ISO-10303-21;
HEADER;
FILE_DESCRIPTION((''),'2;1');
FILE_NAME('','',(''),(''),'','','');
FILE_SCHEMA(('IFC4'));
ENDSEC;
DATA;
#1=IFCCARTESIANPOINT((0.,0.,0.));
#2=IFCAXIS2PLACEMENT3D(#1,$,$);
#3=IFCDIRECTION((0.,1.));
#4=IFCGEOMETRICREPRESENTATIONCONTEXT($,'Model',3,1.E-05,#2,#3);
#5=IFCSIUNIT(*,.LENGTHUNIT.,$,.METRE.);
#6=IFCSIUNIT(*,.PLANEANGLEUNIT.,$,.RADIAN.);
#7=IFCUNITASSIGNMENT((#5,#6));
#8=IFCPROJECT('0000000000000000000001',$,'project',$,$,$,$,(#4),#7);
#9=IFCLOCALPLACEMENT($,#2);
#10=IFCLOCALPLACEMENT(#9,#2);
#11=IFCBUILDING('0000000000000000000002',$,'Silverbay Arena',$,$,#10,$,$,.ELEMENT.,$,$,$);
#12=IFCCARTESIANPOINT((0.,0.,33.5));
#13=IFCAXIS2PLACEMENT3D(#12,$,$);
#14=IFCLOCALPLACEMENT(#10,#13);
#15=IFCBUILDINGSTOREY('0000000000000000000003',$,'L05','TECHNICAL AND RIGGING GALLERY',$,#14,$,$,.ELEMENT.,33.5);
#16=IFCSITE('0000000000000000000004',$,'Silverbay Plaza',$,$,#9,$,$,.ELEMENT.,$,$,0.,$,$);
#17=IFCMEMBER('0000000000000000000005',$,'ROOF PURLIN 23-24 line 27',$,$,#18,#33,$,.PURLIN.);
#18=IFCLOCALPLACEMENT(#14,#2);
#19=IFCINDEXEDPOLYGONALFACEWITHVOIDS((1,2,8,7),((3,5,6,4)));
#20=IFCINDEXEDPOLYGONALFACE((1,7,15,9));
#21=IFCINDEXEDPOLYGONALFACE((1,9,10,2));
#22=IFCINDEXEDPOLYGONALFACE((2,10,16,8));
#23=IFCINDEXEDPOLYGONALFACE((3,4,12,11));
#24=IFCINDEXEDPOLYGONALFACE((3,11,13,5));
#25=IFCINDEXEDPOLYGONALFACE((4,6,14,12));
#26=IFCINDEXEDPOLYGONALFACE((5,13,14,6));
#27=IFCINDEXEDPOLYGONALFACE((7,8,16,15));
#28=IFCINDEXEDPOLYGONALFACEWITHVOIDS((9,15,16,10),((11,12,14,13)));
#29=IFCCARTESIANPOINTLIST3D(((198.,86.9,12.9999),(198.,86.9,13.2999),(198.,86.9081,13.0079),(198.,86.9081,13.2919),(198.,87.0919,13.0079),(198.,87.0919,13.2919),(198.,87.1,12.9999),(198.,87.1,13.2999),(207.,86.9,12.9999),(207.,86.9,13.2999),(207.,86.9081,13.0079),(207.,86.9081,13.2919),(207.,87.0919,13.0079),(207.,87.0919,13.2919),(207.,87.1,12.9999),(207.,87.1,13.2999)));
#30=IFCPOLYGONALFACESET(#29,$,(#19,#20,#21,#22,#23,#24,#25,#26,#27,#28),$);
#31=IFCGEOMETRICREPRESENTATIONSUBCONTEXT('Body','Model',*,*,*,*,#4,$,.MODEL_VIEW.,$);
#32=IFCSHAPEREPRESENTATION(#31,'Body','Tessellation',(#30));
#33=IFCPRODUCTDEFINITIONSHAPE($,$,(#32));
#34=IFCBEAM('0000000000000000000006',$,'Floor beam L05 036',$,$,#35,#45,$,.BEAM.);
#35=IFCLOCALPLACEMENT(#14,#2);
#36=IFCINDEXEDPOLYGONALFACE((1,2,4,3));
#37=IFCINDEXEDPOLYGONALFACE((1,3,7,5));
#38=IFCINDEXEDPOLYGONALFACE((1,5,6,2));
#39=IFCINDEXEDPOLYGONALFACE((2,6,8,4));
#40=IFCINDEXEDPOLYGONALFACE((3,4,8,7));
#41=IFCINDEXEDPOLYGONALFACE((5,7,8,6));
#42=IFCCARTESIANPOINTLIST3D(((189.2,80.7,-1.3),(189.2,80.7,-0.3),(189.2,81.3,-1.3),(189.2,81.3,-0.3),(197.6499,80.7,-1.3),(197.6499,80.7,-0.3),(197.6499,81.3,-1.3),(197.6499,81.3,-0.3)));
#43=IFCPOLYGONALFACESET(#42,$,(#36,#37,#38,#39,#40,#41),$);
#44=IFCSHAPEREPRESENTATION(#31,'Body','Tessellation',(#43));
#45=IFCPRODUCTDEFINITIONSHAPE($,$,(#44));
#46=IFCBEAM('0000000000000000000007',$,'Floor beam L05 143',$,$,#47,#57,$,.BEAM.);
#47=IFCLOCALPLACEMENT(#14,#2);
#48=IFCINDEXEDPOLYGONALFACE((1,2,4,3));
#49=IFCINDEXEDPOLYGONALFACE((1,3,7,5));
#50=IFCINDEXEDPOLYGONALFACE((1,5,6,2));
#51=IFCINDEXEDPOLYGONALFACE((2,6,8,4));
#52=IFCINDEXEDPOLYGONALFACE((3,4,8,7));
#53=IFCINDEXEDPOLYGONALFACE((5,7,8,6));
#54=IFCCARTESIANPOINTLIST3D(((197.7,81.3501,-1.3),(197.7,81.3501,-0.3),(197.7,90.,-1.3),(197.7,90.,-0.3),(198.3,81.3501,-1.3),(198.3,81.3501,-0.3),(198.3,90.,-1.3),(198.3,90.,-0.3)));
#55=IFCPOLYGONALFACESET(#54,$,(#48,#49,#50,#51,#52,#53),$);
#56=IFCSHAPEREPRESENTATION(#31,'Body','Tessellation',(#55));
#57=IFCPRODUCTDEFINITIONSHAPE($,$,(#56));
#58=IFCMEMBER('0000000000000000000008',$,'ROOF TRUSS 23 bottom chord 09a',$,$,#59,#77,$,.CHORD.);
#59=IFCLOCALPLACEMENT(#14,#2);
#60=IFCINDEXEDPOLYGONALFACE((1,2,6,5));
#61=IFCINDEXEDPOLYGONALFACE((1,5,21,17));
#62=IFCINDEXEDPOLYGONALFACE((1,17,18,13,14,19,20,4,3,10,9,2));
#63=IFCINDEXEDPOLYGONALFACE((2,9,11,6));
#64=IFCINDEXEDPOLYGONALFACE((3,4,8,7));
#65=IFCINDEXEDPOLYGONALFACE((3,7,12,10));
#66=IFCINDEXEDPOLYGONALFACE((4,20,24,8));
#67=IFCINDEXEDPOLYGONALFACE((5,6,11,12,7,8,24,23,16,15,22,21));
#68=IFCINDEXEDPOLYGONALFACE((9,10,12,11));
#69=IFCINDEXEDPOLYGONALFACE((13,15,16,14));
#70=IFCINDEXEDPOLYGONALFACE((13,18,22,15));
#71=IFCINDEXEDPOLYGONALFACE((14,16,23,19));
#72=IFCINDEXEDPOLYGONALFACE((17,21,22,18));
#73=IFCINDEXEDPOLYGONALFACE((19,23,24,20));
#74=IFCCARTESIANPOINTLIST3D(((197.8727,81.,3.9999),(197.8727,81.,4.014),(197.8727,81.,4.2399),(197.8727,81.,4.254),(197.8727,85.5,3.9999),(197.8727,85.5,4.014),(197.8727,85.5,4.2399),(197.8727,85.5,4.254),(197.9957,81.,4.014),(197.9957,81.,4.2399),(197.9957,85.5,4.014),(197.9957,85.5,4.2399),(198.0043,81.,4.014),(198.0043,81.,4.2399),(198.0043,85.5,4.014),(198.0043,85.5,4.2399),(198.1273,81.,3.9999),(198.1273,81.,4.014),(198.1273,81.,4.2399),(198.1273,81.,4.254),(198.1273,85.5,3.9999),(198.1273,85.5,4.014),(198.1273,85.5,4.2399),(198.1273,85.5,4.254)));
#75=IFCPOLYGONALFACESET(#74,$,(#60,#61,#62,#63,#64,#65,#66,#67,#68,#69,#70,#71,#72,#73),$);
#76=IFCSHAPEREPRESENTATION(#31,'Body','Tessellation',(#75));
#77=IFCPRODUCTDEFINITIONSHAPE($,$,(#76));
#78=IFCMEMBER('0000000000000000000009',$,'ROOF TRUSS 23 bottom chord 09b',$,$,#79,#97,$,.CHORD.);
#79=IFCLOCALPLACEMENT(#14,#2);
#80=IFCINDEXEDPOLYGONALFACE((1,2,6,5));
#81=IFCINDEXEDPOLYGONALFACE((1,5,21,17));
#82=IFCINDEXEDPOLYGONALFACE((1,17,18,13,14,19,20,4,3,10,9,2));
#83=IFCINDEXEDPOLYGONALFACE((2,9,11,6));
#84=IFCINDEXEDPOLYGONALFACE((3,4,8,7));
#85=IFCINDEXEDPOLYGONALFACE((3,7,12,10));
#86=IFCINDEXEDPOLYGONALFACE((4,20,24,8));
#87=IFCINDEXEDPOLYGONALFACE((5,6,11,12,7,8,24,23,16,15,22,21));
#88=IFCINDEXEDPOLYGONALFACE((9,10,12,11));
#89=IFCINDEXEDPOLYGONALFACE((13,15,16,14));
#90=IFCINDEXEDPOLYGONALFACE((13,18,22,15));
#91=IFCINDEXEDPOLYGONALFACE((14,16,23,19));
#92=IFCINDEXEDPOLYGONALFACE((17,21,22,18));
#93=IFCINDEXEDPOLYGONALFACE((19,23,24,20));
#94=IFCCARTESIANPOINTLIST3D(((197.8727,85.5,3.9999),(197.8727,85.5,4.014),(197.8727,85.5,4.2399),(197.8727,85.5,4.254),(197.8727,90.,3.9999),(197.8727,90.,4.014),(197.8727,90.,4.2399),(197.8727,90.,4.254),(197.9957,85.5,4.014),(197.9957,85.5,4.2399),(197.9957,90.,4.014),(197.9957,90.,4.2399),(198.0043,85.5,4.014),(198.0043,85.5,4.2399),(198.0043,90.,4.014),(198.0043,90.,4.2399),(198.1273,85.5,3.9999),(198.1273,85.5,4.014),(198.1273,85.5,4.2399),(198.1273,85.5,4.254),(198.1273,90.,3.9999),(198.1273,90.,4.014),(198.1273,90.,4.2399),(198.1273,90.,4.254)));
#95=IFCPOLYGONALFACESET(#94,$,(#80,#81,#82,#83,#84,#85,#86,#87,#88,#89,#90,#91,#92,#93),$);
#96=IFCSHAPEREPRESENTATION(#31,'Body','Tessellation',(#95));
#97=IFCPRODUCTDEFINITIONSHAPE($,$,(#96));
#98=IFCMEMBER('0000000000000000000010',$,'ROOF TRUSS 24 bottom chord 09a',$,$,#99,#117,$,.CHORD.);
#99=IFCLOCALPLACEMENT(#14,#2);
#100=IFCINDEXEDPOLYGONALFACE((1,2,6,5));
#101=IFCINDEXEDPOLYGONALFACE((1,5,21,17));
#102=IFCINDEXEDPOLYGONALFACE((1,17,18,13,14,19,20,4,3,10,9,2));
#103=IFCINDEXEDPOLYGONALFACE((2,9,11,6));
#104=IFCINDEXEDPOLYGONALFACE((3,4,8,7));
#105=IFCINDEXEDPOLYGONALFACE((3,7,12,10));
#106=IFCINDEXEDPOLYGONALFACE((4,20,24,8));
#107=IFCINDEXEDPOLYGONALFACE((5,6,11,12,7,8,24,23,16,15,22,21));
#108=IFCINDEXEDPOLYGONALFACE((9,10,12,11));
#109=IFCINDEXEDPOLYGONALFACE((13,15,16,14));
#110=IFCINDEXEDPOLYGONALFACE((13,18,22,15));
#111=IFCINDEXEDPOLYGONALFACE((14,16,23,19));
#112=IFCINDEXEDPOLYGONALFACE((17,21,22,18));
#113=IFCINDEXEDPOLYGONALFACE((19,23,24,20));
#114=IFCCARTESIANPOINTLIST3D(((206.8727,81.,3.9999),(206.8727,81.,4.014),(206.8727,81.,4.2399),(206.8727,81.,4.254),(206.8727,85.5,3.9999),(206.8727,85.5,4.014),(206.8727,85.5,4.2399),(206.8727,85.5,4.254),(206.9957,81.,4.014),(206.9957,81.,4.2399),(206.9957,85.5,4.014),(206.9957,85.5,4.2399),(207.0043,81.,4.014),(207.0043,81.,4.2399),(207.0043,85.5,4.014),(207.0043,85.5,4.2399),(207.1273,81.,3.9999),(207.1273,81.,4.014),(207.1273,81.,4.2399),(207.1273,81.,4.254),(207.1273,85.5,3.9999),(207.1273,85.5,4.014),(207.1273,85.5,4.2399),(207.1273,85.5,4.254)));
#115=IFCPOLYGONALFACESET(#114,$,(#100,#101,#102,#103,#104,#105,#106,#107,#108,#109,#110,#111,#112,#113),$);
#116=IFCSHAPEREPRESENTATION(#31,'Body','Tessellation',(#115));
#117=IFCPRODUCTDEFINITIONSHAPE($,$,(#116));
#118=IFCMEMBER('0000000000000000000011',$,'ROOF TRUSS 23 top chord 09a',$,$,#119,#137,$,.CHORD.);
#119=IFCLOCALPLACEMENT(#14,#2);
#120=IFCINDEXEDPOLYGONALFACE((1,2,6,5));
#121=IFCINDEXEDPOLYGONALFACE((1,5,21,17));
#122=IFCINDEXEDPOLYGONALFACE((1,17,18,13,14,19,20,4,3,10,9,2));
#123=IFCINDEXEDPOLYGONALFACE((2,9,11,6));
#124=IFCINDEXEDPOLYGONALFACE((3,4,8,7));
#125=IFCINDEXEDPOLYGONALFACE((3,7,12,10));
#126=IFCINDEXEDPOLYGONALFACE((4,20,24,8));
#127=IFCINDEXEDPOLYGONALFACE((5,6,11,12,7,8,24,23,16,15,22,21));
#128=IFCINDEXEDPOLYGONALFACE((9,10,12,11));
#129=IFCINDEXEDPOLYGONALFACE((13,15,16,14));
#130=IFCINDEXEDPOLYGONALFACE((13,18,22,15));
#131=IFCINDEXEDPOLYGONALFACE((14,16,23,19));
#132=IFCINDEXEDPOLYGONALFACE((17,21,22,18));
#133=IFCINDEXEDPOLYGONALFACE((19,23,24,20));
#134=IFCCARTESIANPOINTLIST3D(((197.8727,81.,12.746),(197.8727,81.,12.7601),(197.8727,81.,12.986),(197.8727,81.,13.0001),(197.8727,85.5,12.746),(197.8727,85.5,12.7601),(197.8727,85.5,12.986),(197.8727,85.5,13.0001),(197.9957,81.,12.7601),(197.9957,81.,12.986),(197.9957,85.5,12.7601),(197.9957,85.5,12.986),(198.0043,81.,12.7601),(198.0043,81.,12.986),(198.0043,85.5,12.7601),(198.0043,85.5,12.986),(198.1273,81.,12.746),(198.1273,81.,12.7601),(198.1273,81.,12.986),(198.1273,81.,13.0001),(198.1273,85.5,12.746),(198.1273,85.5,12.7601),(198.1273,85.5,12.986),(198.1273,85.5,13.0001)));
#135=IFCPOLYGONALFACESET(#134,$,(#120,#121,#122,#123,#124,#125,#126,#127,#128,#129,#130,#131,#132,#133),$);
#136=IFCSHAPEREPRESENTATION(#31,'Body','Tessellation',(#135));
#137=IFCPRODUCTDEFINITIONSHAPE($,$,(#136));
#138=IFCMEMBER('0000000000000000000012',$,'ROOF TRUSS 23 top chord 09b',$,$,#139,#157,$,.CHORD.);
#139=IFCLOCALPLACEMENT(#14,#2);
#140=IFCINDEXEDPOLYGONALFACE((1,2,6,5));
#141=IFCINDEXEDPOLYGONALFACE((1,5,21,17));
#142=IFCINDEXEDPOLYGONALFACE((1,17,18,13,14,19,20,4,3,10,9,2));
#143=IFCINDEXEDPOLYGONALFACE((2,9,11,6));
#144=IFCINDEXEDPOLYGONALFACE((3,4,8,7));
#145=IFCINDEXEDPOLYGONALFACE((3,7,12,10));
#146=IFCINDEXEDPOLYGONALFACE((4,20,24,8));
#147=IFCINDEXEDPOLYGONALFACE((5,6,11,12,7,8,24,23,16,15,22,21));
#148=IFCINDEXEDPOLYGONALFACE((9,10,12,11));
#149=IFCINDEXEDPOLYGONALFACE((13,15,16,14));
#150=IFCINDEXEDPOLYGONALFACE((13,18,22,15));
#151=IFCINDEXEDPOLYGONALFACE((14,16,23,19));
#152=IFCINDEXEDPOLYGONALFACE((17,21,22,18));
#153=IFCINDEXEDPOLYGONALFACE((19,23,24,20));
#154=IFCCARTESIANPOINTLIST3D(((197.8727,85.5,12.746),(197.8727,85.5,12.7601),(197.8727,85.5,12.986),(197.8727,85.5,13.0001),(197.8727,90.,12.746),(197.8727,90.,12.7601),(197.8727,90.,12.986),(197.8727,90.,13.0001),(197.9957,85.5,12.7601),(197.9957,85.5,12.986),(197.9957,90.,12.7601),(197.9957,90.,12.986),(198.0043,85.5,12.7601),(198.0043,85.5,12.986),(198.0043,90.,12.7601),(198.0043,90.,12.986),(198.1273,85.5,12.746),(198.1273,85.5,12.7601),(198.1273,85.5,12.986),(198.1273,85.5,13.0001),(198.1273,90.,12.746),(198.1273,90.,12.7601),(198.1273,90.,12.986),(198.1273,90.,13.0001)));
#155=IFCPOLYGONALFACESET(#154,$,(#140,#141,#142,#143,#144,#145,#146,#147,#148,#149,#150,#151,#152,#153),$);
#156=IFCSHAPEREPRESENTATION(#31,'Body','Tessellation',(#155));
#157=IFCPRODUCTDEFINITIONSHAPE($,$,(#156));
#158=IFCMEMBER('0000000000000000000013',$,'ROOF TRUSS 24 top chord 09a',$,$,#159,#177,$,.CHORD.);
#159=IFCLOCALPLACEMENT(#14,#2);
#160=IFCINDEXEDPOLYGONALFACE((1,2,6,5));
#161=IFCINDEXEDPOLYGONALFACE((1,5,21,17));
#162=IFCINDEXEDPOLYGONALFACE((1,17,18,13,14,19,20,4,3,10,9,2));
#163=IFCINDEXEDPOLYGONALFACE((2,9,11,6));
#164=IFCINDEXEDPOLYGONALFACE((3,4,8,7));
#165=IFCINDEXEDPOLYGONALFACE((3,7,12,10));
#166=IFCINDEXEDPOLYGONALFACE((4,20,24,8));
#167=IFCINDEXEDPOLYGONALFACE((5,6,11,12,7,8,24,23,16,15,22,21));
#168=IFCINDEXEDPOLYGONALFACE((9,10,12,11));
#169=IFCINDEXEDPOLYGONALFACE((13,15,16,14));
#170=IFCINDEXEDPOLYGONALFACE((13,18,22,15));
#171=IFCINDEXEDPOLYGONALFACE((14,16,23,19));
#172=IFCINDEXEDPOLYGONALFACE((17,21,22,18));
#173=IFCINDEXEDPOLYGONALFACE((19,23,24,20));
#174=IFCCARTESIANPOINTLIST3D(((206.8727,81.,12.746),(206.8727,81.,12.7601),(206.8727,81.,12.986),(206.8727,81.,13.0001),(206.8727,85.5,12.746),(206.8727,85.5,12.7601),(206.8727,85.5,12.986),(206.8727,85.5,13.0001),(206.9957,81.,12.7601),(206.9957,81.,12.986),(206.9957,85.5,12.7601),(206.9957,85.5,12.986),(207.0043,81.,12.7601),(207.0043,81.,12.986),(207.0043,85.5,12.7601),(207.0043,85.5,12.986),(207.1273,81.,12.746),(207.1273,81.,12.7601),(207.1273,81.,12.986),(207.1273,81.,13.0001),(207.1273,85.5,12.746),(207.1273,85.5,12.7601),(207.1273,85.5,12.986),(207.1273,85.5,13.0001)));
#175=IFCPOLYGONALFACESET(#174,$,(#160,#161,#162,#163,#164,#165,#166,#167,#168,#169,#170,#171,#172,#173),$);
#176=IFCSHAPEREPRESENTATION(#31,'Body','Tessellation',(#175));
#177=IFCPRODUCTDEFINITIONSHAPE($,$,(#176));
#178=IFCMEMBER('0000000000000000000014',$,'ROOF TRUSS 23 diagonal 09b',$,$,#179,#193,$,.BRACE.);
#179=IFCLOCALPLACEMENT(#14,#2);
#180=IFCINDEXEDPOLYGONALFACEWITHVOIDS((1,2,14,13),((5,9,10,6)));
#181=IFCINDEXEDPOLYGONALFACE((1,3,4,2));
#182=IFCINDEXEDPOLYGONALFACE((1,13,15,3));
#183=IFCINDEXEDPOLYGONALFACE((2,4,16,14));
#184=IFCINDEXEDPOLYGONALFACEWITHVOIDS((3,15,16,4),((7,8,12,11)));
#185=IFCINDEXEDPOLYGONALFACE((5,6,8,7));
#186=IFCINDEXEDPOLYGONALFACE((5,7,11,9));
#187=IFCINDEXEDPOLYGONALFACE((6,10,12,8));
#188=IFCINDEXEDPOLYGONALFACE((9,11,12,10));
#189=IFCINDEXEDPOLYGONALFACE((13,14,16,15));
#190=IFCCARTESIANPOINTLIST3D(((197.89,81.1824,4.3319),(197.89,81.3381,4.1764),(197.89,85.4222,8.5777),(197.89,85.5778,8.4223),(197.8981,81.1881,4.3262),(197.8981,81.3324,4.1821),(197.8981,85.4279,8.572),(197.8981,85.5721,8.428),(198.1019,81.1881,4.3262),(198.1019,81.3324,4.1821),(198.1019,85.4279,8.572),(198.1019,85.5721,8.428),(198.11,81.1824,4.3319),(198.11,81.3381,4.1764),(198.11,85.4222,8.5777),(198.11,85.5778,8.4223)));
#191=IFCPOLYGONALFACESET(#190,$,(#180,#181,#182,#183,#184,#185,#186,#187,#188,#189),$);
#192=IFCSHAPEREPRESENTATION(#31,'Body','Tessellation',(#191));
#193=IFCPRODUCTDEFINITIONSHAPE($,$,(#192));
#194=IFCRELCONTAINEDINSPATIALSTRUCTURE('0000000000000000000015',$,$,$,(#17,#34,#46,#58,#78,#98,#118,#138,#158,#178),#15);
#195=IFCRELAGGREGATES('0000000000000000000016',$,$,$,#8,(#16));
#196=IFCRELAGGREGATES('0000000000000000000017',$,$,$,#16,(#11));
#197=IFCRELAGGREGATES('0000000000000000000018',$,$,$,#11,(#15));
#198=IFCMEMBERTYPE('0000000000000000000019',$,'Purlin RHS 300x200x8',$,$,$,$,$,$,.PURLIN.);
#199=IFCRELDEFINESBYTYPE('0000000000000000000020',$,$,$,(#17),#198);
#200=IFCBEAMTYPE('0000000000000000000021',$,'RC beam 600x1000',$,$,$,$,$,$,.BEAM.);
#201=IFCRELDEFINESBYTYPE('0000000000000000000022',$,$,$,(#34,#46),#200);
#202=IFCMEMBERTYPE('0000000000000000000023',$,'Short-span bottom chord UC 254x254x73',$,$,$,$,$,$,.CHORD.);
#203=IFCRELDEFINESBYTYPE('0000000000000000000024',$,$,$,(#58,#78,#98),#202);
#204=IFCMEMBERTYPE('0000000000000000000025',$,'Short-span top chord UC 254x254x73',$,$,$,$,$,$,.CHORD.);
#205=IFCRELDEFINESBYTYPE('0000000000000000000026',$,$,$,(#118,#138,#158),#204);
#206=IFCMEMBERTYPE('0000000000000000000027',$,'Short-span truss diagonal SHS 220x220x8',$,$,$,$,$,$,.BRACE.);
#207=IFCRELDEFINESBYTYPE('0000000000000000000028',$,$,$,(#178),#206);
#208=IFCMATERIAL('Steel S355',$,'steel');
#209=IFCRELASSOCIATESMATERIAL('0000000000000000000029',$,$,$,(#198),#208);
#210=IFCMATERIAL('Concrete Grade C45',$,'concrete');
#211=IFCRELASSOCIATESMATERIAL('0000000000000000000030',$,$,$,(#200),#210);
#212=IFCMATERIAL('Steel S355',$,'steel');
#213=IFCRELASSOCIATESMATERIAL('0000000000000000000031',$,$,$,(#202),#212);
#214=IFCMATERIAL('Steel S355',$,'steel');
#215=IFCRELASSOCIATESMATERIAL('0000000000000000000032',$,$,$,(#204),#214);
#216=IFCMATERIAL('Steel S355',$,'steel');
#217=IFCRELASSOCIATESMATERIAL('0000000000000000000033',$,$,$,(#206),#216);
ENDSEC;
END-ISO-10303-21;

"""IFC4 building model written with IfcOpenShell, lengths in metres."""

from ifc_helpers import new_model, si_unit, direction, frame, origin, origin_2d, place, context, subcontext, project, spatial, rectangle, hollow_rectangle, i_section, extrude, material, material_profile, profile_set, type_object, element, save


model = new_model("IFC4")

# Units and contexts
model_context = context("Model", 3, precision=1e-05, world=origin(), true_north=direction((0.0, 1.0)))
body_context = subcontext(model_context, "Body", "Model", "MODEL_VIEW")
ifc_project = project(units=[si_unit("LENGTHUNIT", "METRE"), si_unit("PLANEANGLEUNIT", "RADIAN")], contexts=[model_context])

# Site, building, storey
site_placement = place(None, origin())
site = spatial("IfcSite", under=ifc_project, at=site_placement, Name="Silverbay Plaza", CompositionType="ELEMENT", RefElevation=0.0)
building_placement = place(site_placement, origin())
building = spatial("IfcBuilding", under=site, at=building_placement, Name="Silverbay Arena", CompositionType="ELEMENT")
storey_placement = place(building_placement, frame((0.0, 0.0, 33.5)))
storey = spatial("IfcBuildingStorey", under=building, at=storey_placement, Name="L05", Description="TECHNICAL AND RIGGING GALLERY", CompositionType="ELEMENT", Elevation=33.5)

# Member
ifc_material_1 = material(Name="Steel S355", Category="steel")
ifc_material_profile_1 = material_profile(ifc_material_1, hollow_rectangle(XDim=0.2, YDim=0.3, WallThickness=0.0081, at=origin_2d()), Name="RHS 300x200x8")
ifc_profile_set_1 = profile_set([ifc_material_profile_1], Name="Steel S355")
member_type_1 = type_object("IfcMemberType", Name="Purlin RHS 300x200x8", PredefinedType="PURLIN", material=ifc_profile_set_1)
for number, where, z_axis, x_axis, name in (
    (1, (198.0, 87.0, 13.1499), (1.0, 0.0, 0.0), (0.0, 1.0, 0.0), "ROOF PURLIN 23-24 line 27"),
):
    element("IfcMember", number, at=place(storey_placement, frame(where, z_axis=z_axis, x_axis=x_axis)), inside=storey, type_object=member_type_1, Name=name, PredefinedType="PURLIN", context=body_context, shape_type="SweptSolid", body=[
        extrude(hollow_rectangle(XDim=0.2, YDim=0.3, WallThickness=0.0081, at=origin_2d()), origin(), (0.0, 0.0, 1.0), 9.0),
    ])

# Beams
ifc_material_2 = material(Name="Concrete Grade C45", Category="concrete")
ifc_material_profile_2 = material_profile(ifc_material_2, rectangle(XDim=0.6001, YDim=1.0, at=origin_2d()), Name="RC 600x1000")
ifc_profile_set_2 = profile_set([ifc_material_profile_2], Name="Concrete Grade C45")
beam_type = type_object("IfcBeamType", Name="RC beam 600x1000", PredefinedType="BEAM", material=ifc_profile_set_2)
beam_1_placement = place(storey_placement, frame((189.2, 81.0, -0.8), z_axis=(1.0, 0.0, 0.0), x_axis=(0.0, 1.0, 0.0)))
element("IfcBeam", 2, at=beam_1_placement, inside=storey, type_object=beam_type, Name="Floor beam L05 036", PredefinedType="BEAM", context=body_context, shape_type="SweptSolid", body=[
    extrude(rectangle(XDim=0.6001, YDim=1.0, at=origin_2d()), origin(), (0.0, 0.0, 1.0), 8.45),
])
beam_2_placement = place(storey_placement, frame((198.0, 81.3501, -0.8), z_axis=(0.0, 1.0, 0.0), x_axis=(-1.0, 0.0, 0.0)))
element("IfcBeam", 3, at=beam_2_placement, inside=storey, type_object=beam_type, Name="Floor beam L05 143", PredefinedType="BEAM", context=body_context, shape_type="SweptSolid", body=[
    extrude(rectangle(XDim=0.6001, YDim=1.0, at=origin_2d()), origin(), (0.0, 0.0, 1.0), 8.6499),
])

# Members
ifc_material_3 = material(Name="Steel S355", Category="steel")
ifc_material_profile_3 = material_profile(ifc_material_3, i_section(OverallWidth=0.2546, OverallDepth=0.2542, WebThickness=0.0085, FlangeThickness=0.0142, at=origin_2d()), Name="UC 254x254x73")
ifc_profile_set_3 = profile_set([ifc_material_profile_3], Name="Steel S355")
member_type_2 = type_object("IfcMemberType", Name="Short-span bottom chord UC 254x254x73", PredefinedType="CHORD", material=ifc_profile_set_3)
for number, where, z_axis, x_axis, name in (
    (4, (198.0, 81.0, 4.127), (0.0, 1.0, 0.0), (-1.0, 0.0, 0.0), "ROOF TRUSS 23 bottom chord 09a"),
    (5, (198.0, 85.5, 4.127), (0.0, 1.0, 0.0), (-1.0, 0.0, 0.0), "ROOF TRUSS 23 bottom chord 09b"),
    (6, (207.0, 81.0, 4.127), (0.0, 1.0, 0.0), (-1.0, 0.0, 0.0), "ROOF TRUSS 24 bottom chord 09a"),
):
    element("IfcMember", number, at=place(storey_placement, frame(where, z_axis=z_axis, x_axis=x_axis)), inside=storey, type_object=member_type_2, Name=name, PredefinedType="CHORD", context=body_context, shape_type="SweptSolid", body=[
        extrude(i_section(OverallWidth=0.2546, OverallDepth=0.2542, WebThickness=0.0085, FlangeThickness=0.0142, at=origin_2d()), origin(), (0.0, 0.0, 1.0), 4.5),
    ])
ifc_material_4 = material(Name="Steel S355", Category="steel")
ifc_material_profile_4 = material_profile(ifc_material_4, i_section(OverallWidth=0.2546, OverallDepth=0.2542, WebThickness=0.0085, FlangeThickness=0.0142, at=origin_2d()), Name="UC 254x254x73")
ifc_profile_set_4 = profile_set([ifc_material_profile_4], Name="Steel S355")
member_type_3 = type_object("IfcMemberType", Name="Short-span top chord UC 254x254x73", PredefinedType="CHORD", material=ifc_profile_set_4)
for number, where, z_axis, x_axis, name in (
    (7, (198.0, 81.0, 12.873), (0.0, 1.0, 0.0), (-1.0, 0.0, 0.0), "ROOF TRUSS 23 top chord 09a"),
    (8, (198.0, 85.5, 12.873), (0.0, 1.0, 0.0), (-1.0, 0.0, 0.0), "ROOF TRUSS 23 top chord 09b"),
    (9, (207.0, 81.0, 12.873), (0.0, 1.0, 0.0), (-1.0, 0.0, 0.0), "ROOF TRUSS 24 top chord 09a"),
):
    element("IfcMember", number, at=place(storey_placement, frame(where, z_axis=z_axis, x_axis=x_axis)), inside=storey, type_object=member_type_3, Name=name, PredefinedType="CHORD", context=body_context, shape_type="SweptSolid", body=[
        extrude(i_section(OverallWidth=0.2546, OverallDepth=0.2542, WebThickness=0.0085, FlangeThickness=0.0142, at=origin_2d()), origin(), (0.0, 0.0, 1.0), 4.5),
    ])
ifc_material_5 = material(Name="Steel S355", Category="steel")
ifc_material_profile_5 = material_profile(ifc_material_5, hollow_rectangle(XDim=0.22, YDim=0.22, WallThickness=0.0081, at=origin_2d()), Name="SHS 220x220x8")
ifc_profile_set_5 = profile_set([ifc_material_profile_5], Name="Steel S355")
member_type_4 = type_object("IfcMemberType", Name="Short-span truss diagonal SHS 220x220x8", PredefinedType="BRACE", material=ifc_profile_set_5)
member_placement = place(storey_placement, frame((198.0, 85.5, 8.5), z_axis=(0.0, -0.706598, -0.707615), x_axis=(1.0, 0.0, 0.0)))
element("IfcMember", 10, at=member_placement, inside=storey, type_object=member_type_4, Name="ROOF TRUSS 23 diagonal 09b", PredefinedType="BRACE", context=body_context, shape_type="SweptSolid", body=[
    extrude(hollow_rectangle(XDim=0.22, YDim=0.22, WallThickness=0.0081, at=origin_2d()), origin(), (0.0, 0.0, 1.0), 6.0002),
])

save(model, "model.ifc")
